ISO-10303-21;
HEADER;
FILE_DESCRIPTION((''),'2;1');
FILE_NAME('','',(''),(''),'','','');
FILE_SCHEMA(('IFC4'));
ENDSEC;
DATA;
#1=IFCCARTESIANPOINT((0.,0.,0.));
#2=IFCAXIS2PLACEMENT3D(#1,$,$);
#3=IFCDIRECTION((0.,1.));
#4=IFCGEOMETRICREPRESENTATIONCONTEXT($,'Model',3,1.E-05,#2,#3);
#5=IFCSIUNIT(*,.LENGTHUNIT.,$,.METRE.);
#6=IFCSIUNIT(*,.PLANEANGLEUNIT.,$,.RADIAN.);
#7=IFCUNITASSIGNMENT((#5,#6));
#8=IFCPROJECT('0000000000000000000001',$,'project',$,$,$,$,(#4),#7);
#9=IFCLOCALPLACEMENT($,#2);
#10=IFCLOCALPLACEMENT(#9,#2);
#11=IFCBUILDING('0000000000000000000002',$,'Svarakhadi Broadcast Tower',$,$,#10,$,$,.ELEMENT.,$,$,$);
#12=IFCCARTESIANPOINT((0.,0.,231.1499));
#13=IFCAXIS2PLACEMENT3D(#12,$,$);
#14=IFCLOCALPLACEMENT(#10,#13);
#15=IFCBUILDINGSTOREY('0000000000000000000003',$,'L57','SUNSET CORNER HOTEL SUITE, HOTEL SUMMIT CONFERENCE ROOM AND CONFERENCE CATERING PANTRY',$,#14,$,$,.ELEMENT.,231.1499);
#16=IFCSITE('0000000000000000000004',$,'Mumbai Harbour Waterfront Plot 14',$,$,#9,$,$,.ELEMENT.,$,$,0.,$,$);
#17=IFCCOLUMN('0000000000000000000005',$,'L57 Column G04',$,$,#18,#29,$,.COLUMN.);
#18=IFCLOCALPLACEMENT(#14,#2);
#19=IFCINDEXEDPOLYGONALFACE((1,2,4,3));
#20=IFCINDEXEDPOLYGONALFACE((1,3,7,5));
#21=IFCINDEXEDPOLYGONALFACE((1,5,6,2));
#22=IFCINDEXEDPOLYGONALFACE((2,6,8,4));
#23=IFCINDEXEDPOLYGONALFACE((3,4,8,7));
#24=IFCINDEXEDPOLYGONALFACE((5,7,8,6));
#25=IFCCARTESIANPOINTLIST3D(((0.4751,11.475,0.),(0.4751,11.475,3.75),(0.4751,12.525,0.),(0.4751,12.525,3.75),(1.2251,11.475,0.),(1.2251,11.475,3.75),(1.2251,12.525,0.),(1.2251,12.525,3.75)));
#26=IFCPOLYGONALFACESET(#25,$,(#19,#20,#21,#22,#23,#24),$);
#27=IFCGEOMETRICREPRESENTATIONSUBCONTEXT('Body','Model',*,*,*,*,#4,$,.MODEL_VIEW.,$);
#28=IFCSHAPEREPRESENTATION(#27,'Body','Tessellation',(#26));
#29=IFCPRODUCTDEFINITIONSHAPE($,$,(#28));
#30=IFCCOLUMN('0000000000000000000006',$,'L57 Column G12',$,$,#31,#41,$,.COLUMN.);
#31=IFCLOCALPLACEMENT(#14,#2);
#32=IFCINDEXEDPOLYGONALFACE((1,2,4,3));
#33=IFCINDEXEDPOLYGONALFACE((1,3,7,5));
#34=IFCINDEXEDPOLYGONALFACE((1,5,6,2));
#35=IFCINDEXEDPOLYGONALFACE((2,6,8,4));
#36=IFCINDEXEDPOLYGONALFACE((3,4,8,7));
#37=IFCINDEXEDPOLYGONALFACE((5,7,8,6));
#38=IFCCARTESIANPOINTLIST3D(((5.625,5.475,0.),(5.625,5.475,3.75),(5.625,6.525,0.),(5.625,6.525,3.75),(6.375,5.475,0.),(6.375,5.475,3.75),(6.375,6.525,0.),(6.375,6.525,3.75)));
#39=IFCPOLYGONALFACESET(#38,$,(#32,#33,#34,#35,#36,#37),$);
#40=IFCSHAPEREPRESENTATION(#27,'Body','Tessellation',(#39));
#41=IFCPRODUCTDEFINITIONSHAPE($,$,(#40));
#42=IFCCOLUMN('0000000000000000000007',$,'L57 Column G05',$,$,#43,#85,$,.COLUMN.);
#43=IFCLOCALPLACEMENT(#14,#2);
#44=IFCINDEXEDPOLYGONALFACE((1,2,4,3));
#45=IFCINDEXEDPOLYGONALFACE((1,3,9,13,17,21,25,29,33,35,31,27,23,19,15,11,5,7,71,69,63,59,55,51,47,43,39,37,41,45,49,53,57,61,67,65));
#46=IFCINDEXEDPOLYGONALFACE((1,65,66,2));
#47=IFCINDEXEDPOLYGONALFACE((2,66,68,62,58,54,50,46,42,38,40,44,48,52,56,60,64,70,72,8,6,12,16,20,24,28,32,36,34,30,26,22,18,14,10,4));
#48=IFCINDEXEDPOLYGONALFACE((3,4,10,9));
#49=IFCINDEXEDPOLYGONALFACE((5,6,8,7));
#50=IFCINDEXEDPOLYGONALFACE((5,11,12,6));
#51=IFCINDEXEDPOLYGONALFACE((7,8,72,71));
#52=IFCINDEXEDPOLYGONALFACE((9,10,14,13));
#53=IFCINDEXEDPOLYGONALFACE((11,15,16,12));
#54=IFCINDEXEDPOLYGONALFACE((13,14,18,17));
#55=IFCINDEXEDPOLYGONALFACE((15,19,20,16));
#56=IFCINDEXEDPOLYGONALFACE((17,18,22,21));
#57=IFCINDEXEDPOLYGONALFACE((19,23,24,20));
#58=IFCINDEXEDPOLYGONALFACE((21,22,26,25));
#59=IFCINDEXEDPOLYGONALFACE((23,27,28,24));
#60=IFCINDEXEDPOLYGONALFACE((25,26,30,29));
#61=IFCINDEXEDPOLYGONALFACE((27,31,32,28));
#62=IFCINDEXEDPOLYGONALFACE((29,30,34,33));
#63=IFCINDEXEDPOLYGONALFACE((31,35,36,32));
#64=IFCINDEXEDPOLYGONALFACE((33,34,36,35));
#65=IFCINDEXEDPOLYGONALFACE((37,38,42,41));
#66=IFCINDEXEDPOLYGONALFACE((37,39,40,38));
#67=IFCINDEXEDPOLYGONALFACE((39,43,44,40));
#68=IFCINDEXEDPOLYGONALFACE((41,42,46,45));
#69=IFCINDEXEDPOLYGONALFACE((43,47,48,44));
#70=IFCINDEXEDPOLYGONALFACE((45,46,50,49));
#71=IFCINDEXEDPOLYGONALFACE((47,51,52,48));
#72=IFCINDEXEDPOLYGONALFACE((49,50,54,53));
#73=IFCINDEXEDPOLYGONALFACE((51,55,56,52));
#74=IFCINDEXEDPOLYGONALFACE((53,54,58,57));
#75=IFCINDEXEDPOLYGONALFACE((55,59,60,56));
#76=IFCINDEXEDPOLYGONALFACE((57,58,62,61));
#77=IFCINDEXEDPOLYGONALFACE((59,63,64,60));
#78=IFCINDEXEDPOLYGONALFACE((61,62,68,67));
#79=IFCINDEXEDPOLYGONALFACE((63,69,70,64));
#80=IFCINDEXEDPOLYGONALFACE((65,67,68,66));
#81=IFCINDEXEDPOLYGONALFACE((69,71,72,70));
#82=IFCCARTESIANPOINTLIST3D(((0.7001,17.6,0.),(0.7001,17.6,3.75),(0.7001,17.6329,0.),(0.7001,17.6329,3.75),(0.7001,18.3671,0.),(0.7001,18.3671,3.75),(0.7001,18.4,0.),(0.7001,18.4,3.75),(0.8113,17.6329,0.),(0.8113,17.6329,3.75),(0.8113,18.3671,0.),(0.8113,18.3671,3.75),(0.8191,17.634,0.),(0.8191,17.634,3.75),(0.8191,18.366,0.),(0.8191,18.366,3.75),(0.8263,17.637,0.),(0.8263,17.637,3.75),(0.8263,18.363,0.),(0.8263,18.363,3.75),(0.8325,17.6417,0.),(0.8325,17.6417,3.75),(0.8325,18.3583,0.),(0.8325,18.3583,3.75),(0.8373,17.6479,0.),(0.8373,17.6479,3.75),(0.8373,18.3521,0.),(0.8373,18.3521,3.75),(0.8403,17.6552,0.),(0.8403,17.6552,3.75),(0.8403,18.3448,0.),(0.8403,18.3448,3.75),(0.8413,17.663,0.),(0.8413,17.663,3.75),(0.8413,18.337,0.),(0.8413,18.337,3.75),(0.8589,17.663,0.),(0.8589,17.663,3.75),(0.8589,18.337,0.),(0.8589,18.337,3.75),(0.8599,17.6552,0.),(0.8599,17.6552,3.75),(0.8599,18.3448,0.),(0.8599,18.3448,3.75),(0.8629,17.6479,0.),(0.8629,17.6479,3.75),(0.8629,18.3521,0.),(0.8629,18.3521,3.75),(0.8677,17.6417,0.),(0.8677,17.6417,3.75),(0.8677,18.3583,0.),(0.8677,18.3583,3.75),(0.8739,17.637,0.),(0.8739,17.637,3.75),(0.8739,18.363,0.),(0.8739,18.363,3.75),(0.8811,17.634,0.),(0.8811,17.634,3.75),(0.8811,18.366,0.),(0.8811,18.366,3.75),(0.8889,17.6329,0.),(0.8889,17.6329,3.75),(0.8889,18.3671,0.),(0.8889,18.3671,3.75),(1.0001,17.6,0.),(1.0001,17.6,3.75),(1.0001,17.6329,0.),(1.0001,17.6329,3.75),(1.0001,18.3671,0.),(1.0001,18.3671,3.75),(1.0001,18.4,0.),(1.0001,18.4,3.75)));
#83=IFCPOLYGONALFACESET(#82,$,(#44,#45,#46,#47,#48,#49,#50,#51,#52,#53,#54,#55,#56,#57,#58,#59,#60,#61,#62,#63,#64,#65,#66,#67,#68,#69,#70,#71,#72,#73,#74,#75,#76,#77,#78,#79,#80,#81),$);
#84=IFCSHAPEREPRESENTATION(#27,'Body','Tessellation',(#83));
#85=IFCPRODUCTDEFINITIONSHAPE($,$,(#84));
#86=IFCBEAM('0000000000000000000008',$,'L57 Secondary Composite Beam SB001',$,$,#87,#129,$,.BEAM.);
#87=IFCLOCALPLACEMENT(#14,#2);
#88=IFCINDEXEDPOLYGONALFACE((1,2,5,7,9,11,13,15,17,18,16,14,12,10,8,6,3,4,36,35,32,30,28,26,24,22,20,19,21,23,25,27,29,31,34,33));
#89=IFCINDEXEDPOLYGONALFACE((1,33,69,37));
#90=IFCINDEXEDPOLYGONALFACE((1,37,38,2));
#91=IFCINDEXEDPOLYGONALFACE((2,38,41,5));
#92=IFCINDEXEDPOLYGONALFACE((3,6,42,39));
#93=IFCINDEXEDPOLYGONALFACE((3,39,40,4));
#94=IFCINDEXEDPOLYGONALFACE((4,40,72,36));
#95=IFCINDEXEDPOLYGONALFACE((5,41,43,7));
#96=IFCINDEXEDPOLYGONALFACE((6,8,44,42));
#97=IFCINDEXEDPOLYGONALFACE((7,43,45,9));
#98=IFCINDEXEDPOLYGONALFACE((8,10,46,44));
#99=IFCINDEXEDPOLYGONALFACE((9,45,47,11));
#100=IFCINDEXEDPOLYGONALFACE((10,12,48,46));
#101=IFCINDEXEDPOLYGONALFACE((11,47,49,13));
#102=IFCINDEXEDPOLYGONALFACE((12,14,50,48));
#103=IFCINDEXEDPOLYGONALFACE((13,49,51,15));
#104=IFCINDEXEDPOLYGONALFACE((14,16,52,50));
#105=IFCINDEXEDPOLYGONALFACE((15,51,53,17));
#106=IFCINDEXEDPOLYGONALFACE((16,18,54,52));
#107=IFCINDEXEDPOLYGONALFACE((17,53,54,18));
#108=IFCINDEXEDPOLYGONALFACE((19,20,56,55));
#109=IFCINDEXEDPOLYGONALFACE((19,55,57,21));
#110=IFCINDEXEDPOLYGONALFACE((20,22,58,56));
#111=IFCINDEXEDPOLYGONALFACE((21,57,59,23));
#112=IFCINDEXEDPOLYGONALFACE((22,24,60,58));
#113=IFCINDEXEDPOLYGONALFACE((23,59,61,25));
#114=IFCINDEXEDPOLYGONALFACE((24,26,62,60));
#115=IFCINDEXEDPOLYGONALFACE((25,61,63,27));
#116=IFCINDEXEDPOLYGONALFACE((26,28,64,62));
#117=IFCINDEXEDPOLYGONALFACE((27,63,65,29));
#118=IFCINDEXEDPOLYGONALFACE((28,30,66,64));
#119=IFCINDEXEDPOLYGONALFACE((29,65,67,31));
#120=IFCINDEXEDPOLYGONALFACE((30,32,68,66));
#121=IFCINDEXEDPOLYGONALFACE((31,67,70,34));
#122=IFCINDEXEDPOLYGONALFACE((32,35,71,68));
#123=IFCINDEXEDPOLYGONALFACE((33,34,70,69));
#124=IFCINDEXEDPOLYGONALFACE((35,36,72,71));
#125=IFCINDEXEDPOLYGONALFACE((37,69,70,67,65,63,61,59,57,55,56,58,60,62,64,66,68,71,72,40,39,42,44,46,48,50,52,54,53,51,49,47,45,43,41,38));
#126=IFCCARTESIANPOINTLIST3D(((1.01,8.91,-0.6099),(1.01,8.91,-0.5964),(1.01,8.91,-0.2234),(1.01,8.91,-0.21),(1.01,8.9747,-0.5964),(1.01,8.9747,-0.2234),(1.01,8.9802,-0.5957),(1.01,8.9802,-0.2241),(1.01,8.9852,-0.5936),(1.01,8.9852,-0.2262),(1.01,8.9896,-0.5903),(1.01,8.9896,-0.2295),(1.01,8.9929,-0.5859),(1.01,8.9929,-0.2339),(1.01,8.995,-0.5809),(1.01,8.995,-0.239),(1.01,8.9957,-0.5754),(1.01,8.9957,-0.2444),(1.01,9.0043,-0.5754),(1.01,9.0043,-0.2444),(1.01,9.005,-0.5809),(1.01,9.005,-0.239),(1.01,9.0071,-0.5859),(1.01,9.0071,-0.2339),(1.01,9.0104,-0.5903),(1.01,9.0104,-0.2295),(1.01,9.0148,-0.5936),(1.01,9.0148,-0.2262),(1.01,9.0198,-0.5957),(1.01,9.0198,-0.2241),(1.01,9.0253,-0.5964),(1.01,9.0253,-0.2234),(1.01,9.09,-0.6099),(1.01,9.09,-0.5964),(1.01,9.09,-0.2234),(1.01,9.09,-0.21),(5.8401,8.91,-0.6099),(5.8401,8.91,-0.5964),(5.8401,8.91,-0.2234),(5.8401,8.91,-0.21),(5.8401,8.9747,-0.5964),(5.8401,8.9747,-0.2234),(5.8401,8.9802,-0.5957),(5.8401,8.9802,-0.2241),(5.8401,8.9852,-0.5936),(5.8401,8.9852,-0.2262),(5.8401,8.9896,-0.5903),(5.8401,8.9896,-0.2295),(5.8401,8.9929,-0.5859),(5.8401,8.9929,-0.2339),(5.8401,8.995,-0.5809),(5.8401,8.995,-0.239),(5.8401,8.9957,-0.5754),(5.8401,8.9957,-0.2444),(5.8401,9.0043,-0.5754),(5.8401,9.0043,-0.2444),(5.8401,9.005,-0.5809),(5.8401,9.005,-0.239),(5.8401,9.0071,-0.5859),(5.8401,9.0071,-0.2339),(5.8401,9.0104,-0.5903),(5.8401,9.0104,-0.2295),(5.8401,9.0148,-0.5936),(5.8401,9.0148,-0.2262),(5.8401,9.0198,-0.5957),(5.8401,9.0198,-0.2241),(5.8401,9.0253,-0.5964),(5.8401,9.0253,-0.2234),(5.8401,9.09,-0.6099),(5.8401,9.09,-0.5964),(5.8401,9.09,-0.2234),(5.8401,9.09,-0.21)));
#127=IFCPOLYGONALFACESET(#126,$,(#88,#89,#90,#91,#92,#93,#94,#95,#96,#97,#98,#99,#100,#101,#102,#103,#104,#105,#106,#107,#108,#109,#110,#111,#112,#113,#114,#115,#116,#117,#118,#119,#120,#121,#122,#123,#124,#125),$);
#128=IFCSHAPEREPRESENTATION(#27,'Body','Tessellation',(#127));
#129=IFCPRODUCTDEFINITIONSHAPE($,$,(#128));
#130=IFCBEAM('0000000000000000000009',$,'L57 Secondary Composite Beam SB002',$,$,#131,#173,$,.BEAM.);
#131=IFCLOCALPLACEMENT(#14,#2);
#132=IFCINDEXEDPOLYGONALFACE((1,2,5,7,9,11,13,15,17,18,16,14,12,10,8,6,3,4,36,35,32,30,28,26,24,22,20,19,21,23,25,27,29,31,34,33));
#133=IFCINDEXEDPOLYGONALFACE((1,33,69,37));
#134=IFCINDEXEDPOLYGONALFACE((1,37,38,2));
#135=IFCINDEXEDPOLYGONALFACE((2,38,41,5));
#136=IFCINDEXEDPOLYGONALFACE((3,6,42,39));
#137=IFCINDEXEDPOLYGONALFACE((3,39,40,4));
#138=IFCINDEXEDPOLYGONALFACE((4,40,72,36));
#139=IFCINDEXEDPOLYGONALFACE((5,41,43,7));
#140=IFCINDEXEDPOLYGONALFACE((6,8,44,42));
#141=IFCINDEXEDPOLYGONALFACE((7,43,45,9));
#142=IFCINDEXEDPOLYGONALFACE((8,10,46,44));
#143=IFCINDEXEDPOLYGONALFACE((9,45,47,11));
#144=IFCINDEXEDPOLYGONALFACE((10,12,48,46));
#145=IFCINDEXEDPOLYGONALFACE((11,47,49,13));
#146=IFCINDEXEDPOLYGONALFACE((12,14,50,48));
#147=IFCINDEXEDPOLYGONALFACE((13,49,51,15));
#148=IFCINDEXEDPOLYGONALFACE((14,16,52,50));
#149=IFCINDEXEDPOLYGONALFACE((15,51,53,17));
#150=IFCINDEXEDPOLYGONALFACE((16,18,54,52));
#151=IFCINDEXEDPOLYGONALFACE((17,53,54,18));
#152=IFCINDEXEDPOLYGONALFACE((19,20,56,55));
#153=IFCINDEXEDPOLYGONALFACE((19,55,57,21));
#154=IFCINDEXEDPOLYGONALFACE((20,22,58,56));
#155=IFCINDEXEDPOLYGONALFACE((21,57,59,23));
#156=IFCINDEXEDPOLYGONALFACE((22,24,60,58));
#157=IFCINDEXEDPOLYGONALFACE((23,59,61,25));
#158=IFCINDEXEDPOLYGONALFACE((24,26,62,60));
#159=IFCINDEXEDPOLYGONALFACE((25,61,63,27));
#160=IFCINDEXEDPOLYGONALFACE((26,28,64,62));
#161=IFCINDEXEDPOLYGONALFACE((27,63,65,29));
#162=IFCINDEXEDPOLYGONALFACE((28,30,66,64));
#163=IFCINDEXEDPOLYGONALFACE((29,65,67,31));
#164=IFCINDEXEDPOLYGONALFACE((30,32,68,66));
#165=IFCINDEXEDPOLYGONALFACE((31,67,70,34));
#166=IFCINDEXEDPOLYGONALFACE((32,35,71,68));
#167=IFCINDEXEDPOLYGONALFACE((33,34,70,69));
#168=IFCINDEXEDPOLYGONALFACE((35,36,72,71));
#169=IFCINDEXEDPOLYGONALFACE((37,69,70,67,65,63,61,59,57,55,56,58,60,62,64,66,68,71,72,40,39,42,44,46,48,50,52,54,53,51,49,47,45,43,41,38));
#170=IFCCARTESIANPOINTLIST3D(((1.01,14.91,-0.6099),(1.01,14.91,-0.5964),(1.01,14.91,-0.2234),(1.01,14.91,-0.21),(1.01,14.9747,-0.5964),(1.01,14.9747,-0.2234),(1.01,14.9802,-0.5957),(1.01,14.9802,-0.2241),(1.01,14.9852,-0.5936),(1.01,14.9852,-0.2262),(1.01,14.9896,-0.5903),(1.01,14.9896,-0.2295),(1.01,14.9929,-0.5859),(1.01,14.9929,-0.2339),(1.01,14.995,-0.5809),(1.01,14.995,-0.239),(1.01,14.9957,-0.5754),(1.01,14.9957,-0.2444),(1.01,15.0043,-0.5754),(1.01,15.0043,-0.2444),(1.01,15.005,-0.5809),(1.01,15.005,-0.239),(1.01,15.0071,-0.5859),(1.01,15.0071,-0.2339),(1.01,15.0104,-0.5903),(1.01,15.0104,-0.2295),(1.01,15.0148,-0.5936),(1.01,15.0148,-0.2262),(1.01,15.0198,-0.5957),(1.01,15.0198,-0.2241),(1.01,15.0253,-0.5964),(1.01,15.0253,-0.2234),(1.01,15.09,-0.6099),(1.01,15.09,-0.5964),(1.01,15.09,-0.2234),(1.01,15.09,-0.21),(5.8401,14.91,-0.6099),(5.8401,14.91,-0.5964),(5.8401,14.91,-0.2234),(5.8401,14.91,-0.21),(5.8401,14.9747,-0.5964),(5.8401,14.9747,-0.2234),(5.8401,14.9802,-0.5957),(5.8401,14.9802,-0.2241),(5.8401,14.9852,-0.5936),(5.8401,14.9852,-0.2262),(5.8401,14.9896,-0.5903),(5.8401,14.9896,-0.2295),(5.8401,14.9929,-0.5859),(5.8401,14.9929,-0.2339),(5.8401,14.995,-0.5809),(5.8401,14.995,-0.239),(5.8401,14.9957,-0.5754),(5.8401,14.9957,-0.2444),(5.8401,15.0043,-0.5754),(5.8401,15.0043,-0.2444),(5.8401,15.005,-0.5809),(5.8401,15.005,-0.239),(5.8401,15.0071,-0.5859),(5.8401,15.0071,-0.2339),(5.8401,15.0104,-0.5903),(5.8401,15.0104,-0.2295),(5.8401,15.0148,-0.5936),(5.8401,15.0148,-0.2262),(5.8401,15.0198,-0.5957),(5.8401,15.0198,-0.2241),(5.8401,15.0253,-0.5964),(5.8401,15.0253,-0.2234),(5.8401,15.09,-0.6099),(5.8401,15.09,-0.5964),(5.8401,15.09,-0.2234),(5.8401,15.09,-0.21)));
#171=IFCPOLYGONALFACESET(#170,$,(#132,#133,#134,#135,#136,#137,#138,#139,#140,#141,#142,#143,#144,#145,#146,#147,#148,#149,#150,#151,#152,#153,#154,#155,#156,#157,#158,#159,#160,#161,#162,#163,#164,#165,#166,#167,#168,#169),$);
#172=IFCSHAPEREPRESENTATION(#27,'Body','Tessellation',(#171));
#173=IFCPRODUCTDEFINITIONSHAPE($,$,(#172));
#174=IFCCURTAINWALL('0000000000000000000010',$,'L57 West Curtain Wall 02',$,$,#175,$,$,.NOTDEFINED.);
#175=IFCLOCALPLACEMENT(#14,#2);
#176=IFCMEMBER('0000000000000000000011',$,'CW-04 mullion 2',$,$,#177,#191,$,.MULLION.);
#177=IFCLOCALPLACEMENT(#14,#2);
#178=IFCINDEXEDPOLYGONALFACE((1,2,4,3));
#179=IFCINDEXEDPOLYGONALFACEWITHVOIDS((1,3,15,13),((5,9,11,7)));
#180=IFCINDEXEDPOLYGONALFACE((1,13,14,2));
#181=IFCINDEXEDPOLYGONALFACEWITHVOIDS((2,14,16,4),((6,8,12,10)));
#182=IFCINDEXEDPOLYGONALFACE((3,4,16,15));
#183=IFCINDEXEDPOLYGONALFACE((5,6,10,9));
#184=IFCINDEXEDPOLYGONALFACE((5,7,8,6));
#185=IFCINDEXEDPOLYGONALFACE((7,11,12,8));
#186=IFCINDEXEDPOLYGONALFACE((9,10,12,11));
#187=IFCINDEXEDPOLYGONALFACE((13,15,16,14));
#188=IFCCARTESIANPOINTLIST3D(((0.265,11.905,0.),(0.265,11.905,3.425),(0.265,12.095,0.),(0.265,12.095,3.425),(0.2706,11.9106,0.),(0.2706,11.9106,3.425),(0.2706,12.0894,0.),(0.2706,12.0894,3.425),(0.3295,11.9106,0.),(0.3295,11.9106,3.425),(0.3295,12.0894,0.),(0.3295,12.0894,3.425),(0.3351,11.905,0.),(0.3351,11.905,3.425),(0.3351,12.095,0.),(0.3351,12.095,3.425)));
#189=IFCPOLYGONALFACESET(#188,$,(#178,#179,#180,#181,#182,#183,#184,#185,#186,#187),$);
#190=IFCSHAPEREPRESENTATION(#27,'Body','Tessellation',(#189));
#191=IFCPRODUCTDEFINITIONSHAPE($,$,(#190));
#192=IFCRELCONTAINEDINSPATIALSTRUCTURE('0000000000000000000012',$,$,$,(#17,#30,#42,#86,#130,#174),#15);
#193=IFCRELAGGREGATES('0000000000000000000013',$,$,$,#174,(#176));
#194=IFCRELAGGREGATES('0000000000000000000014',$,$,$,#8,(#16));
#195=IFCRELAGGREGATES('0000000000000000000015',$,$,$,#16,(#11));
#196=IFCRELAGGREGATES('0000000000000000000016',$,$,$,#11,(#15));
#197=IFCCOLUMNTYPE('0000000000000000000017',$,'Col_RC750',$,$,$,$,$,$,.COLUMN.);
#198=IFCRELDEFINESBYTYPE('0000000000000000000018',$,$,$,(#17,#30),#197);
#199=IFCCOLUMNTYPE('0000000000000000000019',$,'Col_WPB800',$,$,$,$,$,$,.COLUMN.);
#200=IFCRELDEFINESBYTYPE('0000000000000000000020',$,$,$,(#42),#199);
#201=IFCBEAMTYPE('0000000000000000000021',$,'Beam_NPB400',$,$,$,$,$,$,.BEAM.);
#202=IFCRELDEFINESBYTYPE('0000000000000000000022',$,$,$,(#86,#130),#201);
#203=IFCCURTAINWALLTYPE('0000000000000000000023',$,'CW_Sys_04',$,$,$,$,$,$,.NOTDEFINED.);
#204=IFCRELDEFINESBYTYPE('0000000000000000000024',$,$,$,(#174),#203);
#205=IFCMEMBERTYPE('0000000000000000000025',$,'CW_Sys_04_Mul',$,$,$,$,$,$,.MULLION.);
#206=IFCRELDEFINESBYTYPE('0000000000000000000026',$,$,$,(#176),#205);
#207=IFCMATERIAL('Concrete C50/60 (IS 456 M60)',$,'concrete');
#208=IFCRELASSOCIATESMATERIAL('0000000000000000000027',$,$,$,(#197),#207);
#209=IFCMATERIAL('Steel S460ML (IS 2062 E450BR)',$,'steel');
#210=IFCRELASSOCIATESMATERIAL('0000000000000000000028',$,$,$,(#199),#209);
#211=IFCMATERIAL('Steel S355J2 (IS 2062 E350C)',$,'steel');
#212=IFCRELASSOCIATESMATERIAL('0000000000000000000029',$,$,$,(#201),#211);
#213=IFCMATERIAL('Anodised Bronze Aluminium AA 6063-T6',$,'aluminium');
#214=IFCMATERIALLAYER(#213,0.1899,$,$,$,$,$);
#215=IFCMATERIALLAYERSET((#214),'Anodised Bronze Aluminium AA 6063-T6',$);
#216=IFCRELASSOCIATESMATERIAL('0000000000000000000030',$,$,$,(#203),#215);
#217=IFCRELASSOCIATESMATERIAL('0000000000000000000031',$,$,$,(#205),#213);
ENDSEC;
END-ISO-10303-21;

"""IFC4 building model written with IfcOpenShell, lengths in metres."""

from ifc_helpers import new_model, si_unit, direction, frame, origin, origin_2d, place, context, subcontext, project, spatial, rectangle, hollow_rectangle, i_section, extrude, material, layer, layer_set, material_profile, profile_set, type_object, element, aggregate, save


model = new_model("IFC4")

# Units and contexts
model_context = context("Model", 3, precision=1e-05, world=origin(), true_north=direction((0.0, 1.0)))
body_context = subcontext(model_context, "Body", "Model", "MODEL_VIEW")
ifc_project = project(units=[si_unit("LENGTHUNIT", "METRE"), si_unit("PLANEANGLEUNIT", "RADIAN")], contexts=[model_context])

# Site, building, storey
site_placement = place(None, origin())
site = spatial("IfcSite", under=ifc_project, at=site_placement, Name="Mumbai Harbour Waterfront Plot 14", CompositionType="ELEMENT", RefElevation=0.0)
building_placement = place(site_placement, origin())
building = spatial("IfcBuilding", under=site, at=building_placement, Name="Svarakhadi Broadcast Tower", CompositionType="ELEMENT")
storey_placement = place(building_placement, frame((0.0, 0.0, 231.1499)))
storey = spatial("IfcBuildingStorey", under=building, at=storey_placement, Name="L57", Description="SUNSET CORNER HOTEL SUITE, HOTEL SUMMIT CONFERENCE ROOM AND CONFERENCE CATERING PANTRY", CompositionType="ELEMENT", Elevation=231.1499)

# Columns
ifc_material_1 = material(Name="Concrete C50/60 (IS 456 M60)", Category="concrete")
ifc_material_profile_1 = material_profile(ifc_material_1, rectangle(XDim=0.75, YDim=1.05, at=origin_2d()), Name="RC 750x1050")
ifc_profile_set_1 = profile_set([ifc_material_profile_1], Name="Concrete C50/60 (IS 456 M60)")
column_type_1 = type_object("IfcColumnType", Name="Col_RC750", PredefinedType="COLUMN", material=ifc_profile_set_1)
for number, where, z_axis, x_axis, name in (
    (1, (0.8501, 12.0, 0.0), (0.0, 0.0, 1.0), (1.0, 0.0, 0.0), "L57 Column G04"),
    (2, (6.0, 6.0, 0.0), (0.0, 0.0, 1.0), (1.0, 0.0, 0.0), "L57 Column G12"),
):
    element("IfcColumn", number, at=place(storey_placement, frame(where, z_axis=z_axis, x_axis=x_axis)), inside=storey, type_object=column_type_1, Name=name, PredefinedType="COLUMN", context=body_context, shape_type="SweptSolid", body=[
        extrude(rectangle(XDim=0.75, YDim=1.05, at=origin_2d()), origin(), (0.0, 0.0, 1.0), 3.75),
    ])
ifc_material_2 = material(Name="Steel S460ML (IS 2062 E450BR)", Category="steel")
ifc_material_profile_2 = material_profile(ifc_material_2, i_section(OverallWidth=0.3, OverallDepth=0.8, WebThickness=0.0176, FlangeThickness=0.033, FilletRadius=0.03, at=origin_2d()), Name="WPB 800x300x262")
ifc_profile_set_2 = profile_set([ifc_material_profile_2], Name="Steel S460ML (IS 2062 E450BR)")
column_type_2 = type_object("IfcColumnType", Name="Col_WPB800", PredefinedType="COLUMN", material=ifc_profile_set_2)
column_placement = place(storey_placement, frame((0.8501, 18.0, 0.0), z_axis=(0.0, 0.0, 1.0), x_axis=(1.0, 0.0, 0.0)))
element("IfcColumn", 3, at=column_placement, inside=storey, type_object=column_type_2, Name="L57 Column G05", PredefinedType="COLUMN", context=body_context, shape_type="SweptSolid", body=[
    extrude(i_section(OverallWidth=0.3, OverallDepth=0.8, WebThickness=0.0176, FlangeThickness=0.033, FilletRadius=0.03, at=origin_2d()), origin(), (0.0, 0.0, 1.0), 3.75),
])

# Beams
ifc_material_3 = material(Name="Steel S355J2 (IS 2062 E350C)", Category="steel")
ifc_material_profile_3 = material_profile(ifc_material_3, i_section(OverallWidth=0.1799, OverallDepth=0.3999, WebThickness=0.0085, FlangeThickness=0.0134, FilletRadius=0.021, at=origin_2d()), Name="NPB 400x180x66")
ifc_profile_set_3 = profile_set([ifc_material_profile_3], Name="Steel S355J2 (IS 2062 E350C)")
beam_type_1 = type_object("IfcBeamType", Name="Beam_NPB400", PredefinedType="BEAM", material=ifc_profile_set_3)
for number, where, z_axis, x_axis, name in (
    (4, (1.01, 9.0, -0.4099), (1.0, 0.0, 0.0), (0.0, 1.0, 0.0), "L57 Secondary Composite Beam SB001"),
    (5, (1.01, 15.0, -0.4099), (1.0, 0.0, 0.0), (0.0, 1.0, 0.0), "L57 Secondary Composite Beam SB002"),
):
    element("IfcBeam", number, at=place(storey_placement, frame(where, z_axis=z_axis, x_axis=x_axis)), inside=storey, type_object=beam_type_1, Name=name, PredefinedType="BEAM", context=body_context, shape_type="SweptSolid", body=[
        extrude(i_section(OverallWidth=0.1799, OverallDepth=0.3999, WebThickness=0.0085, FlangeThickness=0.0134, FilletRadius=0.021, at=origin_2d()), origin(), (0.0, 0.0, 1.0), 4.8301),
    ])

# Curtain wall, member
ifc_material_4 = material(Name="Anodised Bronze Aluminium AA 6063-T6", Category="aluminium")
ifc_layer_1 = layer(ifc_material_4, 0.1899)
ifc_layer_set_1 = layer_set([ifc_layer_1], Name="Anodised Bronze Aluminium AA 6063-T6")
curtain_wall_type = type_object("IfcCurtainWallType", Name="CW_Sys_04", PredefinedType="NOTDEFINED", material=ifc_layer_set_1)
curtain_wall_placement = place(storey_placement, origin())
curtain_wall = element("IfcCurtainWall", 6, at=curtain_wall_placement, inside=storey, type_object=curtain_wall_type, Name="L57 West Curtain Wall 02", PredefinedType="NOTDEFINED")
ifc_material_profile_4 = material_profile(ifc_material_4, hollow_rectangle(XDim=0.0701, YDim=0.1899, WallThickness=0.0056, at=origin_2d()), Name="ALU MULLION 190x70x6")
ifc_profile_set_4 = profile_set([ifc_material_profile_4], Name="Anodised Bronze Aluminium AA 6063-T6")
member_type_1 = type_object("IfcMemberType", Name="CW_Sys_04_Mul", PredefinedType="MULLION", material=ifc_profile_set_4)
member_1_placement = place(storey_placement, frame((0.3, 12.0, 0.0), z_axis=(0.0, 0.0, 1.0), x_axis=(-1.0, 0.0, 0.0)))
member_1 = element("IfcMember", 7, at=member_1_placement, type_object=member_type_1, Name="CW-04 mullion 2", PredefinedType="MULLION", context=body_context, shape_type="SweptSolid", body=[
    extrude(hollow_rectangle(XDim=0.0701, YDim=0.1899, WallThickness=0.0056, at=origin_2d()), origin(), (0.0, 0.0, 1.0), 3.425),
])

aggregate(curtain_wall, [member_1])

save(model, "model.ifc")
